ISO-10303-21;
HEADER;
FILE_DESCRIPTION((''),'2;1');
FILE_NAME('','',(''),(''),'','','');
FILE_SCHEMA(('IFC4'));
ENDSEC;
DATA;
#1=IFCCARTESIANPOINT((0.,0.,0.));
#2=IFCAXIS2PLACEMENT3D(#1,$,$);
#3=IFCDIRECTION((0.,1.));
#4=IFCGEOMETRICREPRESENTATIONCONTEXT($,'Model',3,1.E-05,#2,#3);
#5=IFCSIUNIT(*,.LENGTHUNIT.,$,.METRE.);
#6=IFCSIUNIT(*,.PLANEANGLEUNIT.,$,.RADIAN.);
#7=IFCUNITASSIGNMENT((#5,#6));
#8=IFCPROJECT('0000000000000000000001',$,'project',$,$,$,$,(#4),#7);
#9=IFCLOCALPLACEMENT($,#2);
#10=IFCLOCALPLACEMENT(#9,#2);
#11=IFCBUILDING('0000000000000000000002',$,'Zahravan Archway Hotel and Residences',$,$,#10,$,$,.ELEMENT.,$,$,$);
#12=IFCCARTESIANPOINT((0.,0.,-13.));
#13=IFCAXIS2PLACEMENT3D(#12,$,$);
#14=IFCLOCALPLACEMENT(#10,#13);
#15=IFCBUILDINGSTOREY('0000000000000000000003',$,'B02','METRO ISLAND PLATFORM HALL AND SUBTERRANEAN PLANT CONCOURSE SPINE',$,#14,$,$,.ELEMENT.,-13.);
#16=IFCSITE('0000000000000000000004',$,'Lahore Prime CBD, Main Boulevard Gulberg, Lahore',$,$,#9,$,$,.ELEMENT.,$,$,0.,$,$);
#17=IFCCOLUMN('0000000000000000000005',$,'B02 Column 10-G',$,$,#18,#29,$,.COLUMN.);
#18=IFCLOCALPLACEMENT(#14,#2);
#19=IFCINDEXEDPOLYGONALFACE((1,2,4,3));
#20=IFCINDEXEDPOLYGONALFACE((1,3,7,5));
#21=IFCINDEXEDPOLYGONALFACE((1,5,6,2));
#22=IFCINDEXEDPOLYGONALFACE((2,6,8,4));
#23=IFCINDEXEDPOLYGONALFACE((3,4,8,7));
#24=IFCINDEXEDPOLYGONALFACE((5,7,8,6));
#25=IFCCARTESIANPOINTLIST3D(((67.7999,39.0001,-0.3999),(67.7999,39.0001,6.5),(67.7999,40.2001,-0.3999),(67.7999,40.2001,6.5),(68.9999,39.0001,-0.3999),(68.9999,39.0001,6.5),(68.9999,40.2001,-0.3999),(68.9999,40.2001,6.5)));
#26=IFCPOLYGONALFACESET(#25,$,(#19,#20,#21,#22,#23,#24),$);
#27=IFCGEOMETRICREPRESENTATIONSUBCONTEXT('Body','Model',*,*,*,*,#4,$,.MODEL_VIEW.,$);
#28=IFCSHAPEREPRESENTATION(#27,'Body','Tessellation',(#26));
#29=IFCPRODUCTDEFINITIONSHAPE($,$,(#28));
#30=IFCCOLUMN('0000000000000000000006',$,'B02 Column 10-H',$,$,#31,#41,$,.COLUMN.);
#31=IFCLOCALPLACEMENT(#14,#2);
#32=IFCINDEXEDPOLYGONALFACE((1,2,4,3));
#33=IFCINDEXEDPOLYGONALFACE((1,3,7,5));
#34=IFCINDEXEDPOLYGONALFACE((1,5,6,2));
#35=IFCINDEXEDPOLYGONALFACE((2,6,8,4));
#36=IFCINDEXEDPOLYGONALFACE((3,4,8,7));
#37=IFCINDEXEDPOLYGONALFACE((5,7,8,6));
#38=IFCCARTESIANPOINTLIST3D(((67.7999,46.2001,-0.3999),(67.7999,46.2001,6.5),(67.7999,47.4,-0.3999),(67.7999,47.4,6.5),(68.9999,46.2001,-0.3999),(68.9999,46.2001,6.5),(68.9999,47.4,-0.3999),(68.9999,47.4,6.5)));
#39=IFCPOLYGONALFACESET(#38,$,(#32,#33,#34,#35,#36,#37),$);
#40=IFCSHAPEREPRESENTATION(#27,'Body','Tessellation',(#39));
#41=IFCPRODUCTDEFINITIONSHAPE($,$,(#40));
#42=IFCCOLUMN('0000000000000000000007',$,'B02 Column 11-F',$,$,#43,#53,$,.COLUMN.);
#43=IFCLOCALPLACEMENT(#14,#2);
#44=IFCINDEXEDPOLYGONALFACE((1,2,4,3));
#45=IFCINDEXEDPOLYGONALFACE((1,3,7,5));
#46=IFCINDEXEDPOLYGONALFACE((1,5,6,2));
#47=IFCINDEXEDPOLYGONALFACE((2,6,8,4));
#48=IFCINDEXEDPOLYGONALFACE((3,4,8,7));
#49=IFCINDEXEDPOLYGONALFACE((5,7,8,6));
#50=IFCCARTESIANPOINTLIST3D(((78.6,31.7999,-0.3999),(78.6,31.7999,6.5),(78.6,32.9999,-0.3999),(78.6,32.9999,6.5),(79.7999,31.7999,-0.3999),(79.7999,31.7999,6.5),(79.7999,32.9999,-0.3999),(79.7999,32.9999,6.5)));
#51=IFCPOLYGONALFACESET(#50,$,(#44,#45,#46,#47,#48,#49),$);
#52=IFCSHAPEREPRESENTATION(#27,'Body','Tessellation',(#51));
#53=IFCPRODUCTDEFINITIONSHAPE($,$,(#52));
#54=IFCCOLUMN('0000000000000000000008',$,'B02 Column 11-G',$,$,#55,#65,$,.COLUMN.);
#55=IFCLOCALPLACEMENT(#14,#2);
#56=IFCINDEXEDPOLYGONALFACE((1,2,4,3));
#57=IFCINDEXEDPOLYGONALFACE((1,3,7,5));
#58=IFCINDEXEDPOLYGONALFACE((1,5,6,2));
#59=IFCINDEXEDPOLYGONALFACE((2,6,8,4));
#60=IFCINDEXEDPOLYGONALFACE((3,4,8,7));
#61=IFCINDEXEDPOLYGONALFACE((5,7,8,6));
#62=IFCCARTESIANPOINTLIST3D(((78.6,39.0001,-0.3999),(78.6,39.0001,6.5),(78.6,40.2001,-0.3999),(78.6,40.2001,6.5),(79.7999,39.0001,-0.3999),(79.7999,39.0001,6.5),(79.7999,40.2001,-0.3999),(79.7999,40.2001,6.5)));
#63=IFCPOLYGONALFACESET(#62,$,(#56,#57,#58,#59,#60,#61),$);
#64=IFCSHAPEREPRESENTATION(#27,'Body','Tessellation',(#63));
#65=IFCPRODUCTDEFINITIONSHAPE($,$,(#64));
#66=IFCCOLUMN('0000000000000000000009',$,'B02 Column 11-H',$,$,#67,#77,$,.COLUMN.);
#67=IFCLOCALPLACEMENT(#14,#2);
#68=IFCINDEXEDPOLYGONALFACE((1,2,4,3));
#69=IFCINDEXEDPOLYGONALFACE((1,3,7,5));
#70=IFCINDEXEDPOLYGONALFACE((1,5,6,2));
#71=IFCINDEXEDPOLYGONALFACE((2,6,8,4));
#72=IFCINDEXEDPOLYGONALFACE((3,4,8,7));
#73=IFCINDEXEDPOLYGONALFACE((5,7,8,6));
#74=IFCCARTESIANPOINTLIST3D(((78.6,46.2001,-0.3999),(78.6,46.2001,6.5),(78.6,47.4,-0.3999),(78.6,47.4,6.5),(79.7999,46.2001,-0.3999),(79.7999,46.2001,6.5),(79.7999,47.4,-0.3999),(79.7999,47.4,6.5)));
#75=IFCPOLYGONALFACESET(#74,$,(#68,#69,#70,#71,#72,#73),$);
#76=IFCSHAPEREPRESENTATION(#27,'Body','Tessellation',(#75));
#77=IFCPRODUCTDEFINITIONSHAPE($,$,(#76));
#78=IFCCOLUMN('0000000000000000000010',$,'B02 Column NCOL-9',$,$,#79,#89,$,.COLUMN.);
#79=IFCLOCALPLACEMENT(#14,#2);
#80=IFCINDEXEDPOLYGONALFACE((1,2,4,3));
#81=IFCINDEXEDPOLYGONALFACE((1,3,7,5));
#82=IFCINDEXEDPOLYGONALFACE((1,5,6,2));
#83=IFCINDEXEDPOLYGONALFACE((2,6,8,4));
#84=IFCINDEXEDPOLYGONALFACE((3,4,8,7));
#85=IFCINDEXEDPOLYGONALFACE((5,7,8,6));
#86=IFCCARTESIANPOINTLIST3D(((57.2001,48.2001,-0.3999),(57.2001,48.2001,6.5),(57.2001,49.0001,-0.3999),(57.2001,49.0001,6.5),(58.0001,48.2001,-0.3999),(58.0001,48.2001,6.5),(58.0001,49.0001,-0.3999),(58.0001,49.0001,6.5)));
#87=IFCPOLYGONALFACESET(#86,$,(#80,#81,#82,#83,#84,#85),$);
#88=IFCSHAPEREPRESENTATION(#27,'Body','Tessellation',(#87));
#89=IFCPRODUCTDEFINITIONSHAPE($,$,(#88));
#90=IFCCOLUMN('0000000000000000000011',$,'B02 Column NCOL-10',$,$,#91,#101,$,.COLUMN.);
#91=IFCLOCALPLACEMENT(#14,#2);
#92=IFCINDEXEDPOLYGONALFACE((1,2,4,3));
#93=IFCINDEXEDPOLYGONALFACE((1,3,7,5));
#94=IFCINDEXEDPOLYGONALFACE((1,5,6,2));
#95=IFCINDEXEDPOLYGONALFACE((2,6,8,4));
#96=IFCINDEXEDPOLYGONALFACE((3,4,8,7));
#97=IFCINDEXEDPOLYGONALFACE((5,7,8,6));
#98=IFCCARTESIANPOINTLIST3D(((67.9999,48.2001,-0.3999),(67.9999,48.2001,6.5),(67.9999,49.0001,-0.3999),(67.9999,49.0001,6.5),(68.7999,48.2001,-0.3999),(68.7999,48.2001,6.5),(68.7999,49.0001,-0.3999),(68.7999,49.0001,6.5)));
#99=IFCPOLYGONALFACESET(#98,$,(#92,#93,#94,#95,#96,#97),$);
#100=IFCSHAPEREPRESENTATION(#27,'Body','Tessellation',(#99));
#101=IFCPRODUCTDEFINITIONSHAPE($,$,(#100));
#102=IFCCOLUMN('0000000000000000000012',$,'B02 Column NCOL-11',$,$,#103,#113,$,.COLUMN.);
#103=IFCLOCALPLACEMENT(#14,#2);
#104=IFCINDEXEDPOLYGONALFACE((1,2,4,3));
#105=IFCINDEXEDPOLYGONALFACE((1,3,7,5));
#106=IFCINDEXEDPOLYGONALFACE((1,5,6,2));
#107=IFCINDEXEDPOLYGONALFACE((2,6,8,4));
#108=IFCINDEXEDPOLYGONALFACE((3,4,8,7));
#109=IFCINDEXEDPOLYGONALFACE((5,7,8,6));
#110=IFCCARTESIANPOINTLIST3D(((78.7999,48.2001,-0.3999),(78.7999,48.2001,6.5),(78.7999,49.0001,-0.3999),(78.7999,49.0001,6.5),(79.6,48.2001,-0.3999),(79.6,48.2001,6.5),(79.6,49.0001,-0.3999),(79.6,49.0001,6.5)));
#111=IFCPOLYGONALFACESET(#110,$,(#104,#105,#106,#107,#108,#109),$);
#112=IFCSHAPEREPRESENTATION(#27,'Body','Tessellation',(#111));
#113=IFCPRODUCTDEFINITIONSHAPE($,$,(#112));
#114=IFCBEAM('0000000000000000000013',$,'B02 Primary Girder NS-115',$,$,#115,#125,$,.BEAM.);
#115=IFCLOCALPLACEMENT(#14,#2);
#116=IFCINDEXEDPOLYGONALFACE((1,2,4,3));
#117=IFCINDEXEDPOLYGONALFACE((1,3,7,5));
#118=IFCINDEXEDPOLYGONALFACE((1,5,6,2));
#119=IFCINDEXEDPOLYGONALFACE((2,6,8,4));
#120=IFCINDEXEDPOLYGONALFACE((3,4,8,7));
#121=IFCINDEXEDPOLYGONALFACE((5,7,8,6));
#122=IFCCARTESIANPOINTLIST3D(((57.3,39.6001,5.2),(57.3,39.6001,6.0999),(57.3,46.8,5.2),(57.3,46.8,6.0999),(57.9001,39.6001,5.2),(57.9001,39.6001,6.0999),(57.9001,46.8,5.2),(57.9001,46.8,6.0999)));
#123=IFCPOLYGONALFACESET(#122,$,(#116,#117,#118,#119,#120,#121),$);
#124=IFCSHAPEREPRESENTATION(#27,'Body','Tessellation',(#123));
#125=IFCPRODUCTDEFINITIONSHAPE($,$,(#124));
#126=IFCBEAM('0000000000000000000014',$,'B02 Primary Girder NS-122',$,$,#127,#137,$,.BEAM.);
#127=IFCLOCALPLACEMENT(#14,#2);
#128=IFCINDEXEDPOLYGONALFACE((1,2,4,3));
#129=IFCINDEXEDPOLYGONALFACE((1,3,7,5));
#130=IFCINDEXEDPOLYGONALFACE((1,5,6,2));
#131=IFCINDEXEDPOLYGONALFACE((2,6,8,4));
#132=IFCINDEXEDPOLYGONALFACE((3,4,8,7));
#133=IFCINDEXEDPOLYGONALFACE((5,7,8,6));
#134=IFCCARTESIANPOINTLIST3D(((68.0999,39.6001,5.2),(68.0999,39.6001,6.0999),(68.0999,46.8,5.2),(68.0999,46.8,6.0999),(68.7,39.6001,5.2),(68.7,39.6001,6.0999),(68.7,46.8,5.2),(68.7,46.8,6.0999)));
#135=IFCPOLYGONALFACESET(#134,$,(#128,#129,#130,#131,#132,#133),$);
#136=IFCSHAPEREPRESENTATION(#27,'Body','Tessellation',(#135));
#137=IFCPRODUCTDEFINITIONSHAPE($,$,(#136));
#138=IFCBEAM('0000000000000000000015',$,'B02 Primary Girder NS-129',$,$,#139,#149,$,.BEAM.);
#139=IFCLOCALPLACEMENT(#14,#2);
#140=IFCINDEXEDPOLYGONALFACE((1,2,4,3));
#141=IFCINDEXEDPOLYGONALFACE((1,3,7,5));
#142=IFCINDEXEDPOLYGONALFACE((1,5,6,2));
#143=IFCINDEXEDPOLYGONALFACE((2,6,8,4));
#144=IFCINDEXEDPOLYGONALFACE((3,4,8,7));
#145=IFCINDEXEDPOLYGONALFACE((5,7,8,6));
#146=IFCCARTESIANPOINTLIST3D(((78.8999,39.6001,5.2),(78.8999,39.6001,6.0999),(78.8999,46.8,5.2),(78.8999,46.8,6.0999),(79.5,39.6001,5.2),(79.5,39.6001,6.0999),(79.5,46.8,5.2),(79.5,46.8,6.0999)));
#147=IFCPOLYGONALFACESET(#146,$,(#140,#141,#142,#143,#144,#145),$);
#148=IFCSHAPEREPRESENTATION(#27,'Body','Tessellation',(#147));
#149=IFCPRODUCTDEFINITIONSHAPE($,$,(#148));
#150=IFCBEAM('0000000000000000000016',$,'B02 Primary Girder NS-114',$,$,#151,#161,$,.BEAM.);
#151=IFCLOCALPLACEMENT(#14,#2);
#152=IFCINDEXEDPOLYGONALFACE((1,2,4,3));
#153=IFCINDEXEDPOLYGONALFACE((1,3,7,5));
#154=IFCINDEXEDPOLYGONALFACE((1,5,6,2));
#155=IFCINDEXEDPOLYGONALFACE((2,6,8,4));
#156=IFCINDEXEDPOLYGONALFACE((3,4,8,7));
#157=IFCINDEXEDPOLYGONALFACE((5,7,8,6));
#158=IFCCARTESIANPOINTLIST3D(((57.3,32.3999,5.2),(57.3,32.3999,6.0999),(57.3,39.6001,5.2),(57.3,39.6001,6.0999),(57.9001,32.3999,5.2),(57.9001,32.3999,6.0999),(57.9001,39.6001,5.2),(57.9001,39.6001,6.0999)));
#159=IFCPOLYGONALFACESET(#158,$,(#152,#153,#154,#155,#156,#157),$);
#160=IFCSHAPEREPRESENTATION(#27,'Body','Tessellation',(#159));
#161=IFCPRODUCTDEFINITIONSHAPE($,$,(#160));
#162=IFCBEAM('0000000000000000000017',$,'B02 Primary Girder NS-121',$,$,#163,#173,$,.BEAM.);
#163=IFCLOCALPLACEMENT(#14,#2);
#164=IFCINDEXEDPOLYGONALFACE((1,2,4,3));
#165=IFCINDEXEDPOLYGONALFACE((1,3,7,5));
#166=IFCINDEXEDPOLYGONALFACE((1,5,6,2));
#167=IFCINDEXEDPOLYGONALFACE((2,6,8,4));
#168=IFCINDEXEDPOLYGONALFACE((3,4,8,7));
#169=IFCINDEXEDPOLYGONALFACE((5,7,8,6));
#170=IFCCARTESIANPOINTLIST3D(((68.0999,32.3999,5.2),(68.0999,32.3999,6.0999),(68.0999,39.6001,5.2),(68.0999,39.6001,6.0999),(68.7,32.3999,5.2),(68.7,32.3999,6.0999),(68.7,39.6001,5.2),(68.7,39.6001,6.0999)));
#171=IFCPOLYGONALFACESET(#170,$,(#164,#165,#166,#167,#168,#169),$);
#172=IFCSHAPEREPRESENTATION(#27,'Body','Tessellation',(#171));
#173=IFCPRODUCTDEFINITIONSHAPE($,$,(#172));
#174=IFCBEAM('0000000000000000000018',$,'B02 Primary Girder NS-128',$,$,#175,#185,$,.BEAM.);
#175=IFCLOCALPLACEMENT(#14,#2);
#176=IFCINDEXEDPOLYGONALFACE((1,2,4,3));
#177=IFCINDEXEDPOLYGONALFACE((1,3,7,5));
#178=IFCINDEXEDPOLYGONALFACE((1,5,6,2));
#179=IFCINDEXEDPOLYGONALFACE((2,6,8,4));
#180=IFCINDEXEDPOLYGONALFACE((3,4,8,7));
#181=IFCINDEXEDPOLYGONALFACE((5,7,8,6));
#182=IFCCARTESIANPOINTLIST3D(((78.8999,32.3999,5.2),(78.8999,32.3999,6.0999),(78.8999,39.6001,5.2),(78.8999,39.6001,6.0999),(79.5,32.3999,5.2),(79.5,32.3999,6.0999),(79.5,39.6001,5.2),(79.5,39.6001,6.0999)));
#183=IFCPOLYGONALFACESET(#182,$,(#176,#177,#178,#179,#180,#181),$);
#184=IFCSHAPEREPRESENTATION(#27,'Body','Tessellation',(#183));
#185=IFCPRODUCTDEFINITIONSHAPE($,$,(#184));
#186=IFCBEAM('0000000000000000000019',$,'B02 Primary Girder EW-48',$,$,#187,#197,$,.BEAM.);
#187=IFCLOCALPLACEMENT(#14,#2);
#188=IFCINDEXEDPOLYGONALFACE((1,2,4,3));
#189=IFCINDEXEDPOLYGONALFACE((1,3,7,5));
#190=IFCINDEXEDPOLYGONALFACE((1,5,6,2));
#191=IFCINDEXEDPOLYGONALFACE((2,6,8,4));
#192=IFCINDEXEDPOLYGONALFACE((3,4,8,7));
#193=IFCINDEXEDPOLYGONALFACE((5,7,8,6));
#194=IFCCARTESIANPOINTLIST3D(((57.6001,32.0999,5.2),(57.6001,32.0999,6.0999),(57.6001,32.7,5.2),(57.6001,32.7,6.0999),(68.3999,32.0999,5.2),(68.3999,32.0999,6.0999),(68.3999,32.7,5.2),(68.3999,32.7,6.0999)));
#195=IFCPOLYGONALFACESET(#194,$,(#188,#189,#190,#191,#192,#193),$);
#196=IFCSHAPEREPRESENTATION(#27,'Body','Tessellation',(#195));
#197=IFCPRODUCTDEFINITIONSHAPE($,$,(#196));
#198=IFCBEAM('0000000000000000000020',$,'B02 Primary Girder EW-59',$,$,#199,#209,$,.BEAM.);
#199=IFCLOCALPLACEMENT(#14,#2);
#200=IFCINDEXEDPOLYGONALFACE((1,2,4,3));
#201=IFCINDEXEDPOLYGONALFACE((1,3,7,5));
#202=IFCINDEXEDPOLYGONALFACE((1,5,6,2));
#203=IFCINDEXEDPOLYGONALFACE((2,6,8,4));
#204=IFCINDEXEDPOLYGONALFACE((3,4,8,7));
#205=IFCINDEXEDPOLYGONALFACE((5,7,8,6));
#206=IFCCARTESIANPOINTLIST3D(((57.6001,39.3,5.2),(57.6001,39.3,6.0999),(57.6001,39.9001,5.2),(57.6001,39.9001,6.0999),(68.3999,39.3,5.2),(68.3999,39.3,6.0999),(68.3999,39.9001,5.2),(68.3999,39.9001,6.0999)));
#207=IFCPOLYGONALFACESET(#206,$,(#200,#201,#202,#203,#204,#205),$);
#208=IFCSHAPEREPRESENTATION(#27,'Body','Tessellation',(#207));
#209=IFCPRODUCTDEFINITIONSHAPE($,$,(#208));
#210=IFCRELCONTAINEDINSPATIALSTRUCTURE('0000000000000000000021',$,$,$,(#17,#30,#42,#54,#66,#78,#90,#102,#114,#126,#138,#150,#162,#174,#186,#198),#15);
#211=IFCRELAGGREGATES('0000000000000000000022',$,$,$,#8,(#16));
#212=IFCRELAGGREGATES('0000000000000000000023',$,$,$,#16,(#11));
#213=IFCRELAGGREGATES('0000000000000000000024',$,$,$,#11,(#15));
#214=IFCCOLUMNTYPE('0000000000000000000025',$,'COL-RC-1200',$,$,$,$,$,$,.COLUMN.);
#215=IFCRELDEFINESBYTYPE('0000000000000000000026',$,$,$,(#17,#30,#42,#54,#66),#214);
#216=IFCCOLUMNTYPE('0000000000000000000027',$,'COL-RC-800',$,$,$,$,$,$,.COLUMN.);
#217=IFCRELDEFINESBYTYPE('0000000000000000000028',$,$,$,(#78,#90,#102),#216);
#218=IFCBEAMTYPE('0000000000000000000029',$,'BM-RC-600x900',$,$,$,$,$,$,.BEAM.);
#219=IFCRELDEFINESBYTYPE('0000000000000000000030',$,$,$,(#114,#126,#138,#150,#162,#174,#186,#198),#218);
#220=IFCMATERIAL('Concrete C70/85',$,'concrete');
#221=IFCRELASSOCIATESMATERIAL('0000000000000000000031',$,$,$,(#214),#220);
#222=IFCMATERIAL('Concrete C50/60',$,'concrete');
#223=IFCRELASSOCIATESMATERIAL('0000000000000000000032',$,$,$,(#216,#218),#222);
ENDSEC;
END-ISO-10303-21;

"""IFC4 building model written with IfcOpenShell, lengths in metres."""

from ifc_helpers import new_model, si_unit, direction, frame, origin, origin_2d, place, context, subcontext, project, spatial, rectangle, extrude, source, transform, mapped, material, material_profile, profile_set, type_object, type_shapes, element, save


model = new_model("IFC4")

# Units and contexts
model_context = context("Model", 3, precision=1e-05, world=origin(), true_north=direction((0.0, 1.0)))
body_context = subcontext(model_context, "Body", "Model", "MODEL_VIEW")
ifc_project = project(units=[si_unit("LENGTHUNIT", "METRE"), si_unit("PLANEANGLEUNIT", "RADIAN")], contexts=[model_context])

# Site, building, storey
site_placement = place(None, origin())
site = spatial("IfcSite", under=ifc_project, at=site_placement, Name="Lahore Prime CBD, Main Boulevard Gulberg, Lahore", CompositionType="ELEMENT", RefElevation=0.0)
building_placement = place(site_placement, origin())
building = spatial("IfcBuilding", under=site, at=building_placement, Name="Zahravan Archway Hotel and Residences", CompositionType="ELEMENT")
storey_placement = place(building_placement, frame((0.0, 0.0, -13.0)))
storey = spatial("IfcBuildingStorey", under=building, at=storey_placement, Name="B02", Description="METRO ISLAND PLATFORM HALL AND SUBTERRANEAN PLANT CONCOURSE SPINE", CompositionType="ELEMENT", Elevation=-13.0)

# Shared definitions
ifc_material_1 = material(Name="Concrete C50/60", Category="concrete")

# Columns
ifc_material_2 = material(Name="Concrete C70/85", Category="concrete")
ifc_material_profile_1 = material_profile(ifc_material_2, rectangle(XDim=1.2, YDim=1.2, at=origin_2d()), Name="RC-COL-1200x1200", Category="concrete")
ifc_profile_set_1 = profile_set([ifc_material_profile_1], Name="Concrete C70/85")
column_type_1 = type_object("IfcColumnType", Name="COL-RC-1200", PredefinedType="COLUMN", material=ifc_profile_set_1)
shared_shape_1 = source(origin(), body_context, "Body", "SweptSolid", [
    extrude(rectangle(XDim=1.2, YDim=1.2, at=origin_2d()), origin(), (0.0, 0.0, 1.0), 6.8999),
])
type_shapes(column_type_1, [shared_shape_1])
for number, where, z_axis, x_axis, name in (
    (1, (68.3999, 39.6001, -0.3999), (0.0, 0.0, 1.0), (1.0, 0.0, 0.0), "B02 Column 10-G"),
    (2, (68.3999, 46.8, -0.3999), (0.0, 0.0, 1.0), (1.0, 0.0, 0.0), "B02 Column 10-H"),
    (3, (79.2, 32.3999, -0.3999), (0.0, 0.0, 1.0), (1.0, 0.0, 0.0), "B02 Column 11-F"),
    (4, (79.2, 39.6001, -0.3999), (0.0, 0.0, 1.0), (1.0, 0.0, 0.0), "B02 Column 11-G"),
    (5, (79.2, 46.8, -0.3999), (0.0, 0.0, 1.0), (1.0, 0.0, 0.0), "B02 Column 11-H"),
):
    element("IfcColumn", number, at=place(storey_placement, frame(where, z_axis=z_axis, x_axis=x_axis)), inside=storey, type_object=column_type_1, Name=name, PredefinedType="COLUMN", context=body_context, shape_type="MappedRepresentation", body=[
        mapped(shared_shape_1, transform((0.0, 0.0, 0.0), scale=1.0)),
    ])
ifc_material_profile_2 = material_profile(ifc_material_1, rectangle(XDim=0.8, YDim=0.8, at=origin_2d()), Name="RC-COL-800x800", Category="concrete")
ifc_profile_set_2 = profile_set([ifc_material_profile_2], Name="Concrete C50/60")
column_type_2 = type_object("IfcColumnType", Name="COL-RC-800", PredefinedType="COLUMN", material=ifc_profile_set_2)
shared_shape_2 = source(origin(), body_context, "Body", "SweptSolid", [
    extrude(rectangle(XDim=0.8, YDim=0.8, at=origin_2d()), origin(), (0.0, 0.0, 1.0), 6.8999),
])
type_shapes(column_type_2, [shared_shape_2])
for number, where, z_axis, x_axis, name in (
    (6, (57.6001, 48.6001, -0.3999), (0.0, 0.0, 1.0), (1.0, 0.0, 0.0), "B02 Column NCOL-9"),
    (7, (68.3999, 48.6001, -0.3999), (0.0, 0.0, 1.0), (1.0, 0.0, 0.0), "B02 Column NCOL-10"),
    (8, (79.2, 48.6001, -0.3999), (0.0, 0.0, 1.0), (1.0, 0.0, 0.0), "B02 Column NCOL-11"),
):
    element("IfcColumn", number, at=place(storey_placement, frame(where, z_axis=z_axis, x_axis=x_axis)), inside=storey, type_object=column_type_2, Name=name, PredefinedType="COLUMN", context=body_context, shape_type="MappedRepresentation", body=[
        mapped(shared_shape_2, transform((0.0, 0.0, 0.0), scale=1.0)),
    ])

# Beams
ifc_material_profile_3 = material_profile(ifc_material_1, rectangle(XDim=0.6001, YDim=0.8999, at=origin_2d()), Name="RC-BM-600x900", Category="concrete")
ifc_profile_set_3 = profile_set([ifc_material_profile_3], Name="Concrete C50/60")
beam_type_1 = type_object("IfcBeamType", Name="BM-RC-600x900", PredefinedType="BEAM", material=ifc_profile_set_3)
shared_shape_3 = source(origin(), body_context, "Body", "SweptSolid", [
    extrude(rectangle(XDim=0.6001, YDim=0.8999, at=origin_2d()), origin(), (0.0, 0.0, 1.0), 7.2),
])
for number, where, z_axis, x_axis, name in (
    (9, (57.6001, 39.6001, 5.6499), (0.0, 1.0, 0.0), (-1.0, 0.0, 0.0), "B02 Primary Girder NS-115"),
    (10, (68.3999, 39.6001, 5.6499), (0.0, 1.0, 0.0), (-1.0, 0.0, 0.0), "B02 Primary Girder NS-122"),
    (11, (79.2, 39.6001, 5.6499), (0.0, 1.0, 0.0), (-1.0, 0.0, 0.0), "B02 Primary Girder NS-129"),
):
    element("IfcBeam", number, at=place(storey_placement, frame(where, z_axis=z_axis, x_axis=x_axis)), inside=storey, type_object=beam_type_1, Name=name, PredefinedType="BEAM", context=body_context, shape_type="MappedRepresentation", body=[
        mapped(shared_shape_3, transform((0.0, 0.0, 0.0), scale=1.0)),
    ])
shared_shape_4 = source(origin(), body_context, "Body", "SweptSolid", [
    extrude(rectangle(XDim=0.6001, YDim=0.8999, at=origin_2d()), origin(), (0.0, 0.0, 1.0), 7.2002),
])
for number, where, z_axis, x_axis, name in (
    (12, (57.6001, 32.3999, 5.6499), (0.0, 1.0, 0.0), (-1.0, 0.0, 0.0), "B02 Primary Girder NS-114"),
    (13, (68.3999, 32.3999, 5.6499), (0.0, 1.0, 0.0), (-1.0, 0.0, 0.0), "B02 Primary Girder NS-121"),
    (14, (79.2, 32.3999, 5.6499), (0.0, 1.0, 0.0), (-1.0, 0.0, 0.0), "B02 Primary Girder NS-128"),
):
    element("IfcBeam", number, at=place(storey_placement, frame(where, z_axis=z_axis, x_axis=x_axis)), inside=storey, type_object=beam_type_1, Name=name, PredefinedType="BEAM", context=body_context, shape_type="MappedRepresentation", body=[
        mapped(shared_shape_4, transform((0.0, 0.0, 0.0), scale=1.0)),
    ])
shared_shape_5 = source(origin(), body_context, "Body", "SweptSolid", [
    extrude(rectangle(XDim=0.6001, YDim=0.8999, at=origin_2d()), origin(), (0.0, 0.0, 1.0), 10.7998),
])
for number, where, z_axis, x_axis, name in (
    (15, (57.6001, 32.3999, 5.6499), (1.0, 0.0, 0.0), (0.0, 1.0, 0.0), "B02 Primary Girder EW-48"),
    (16, (57.6001, 39.6001, 5.6499), (1.0, 0.0, 0.0), (0.0, 1.0, 0.0), "B02 Primary Girder EW-59"),
):
    element("IfcBeam", number, at=place(storey_placement, frame(where, z_axis=z_axis, x_axis=x_axis)), inside=storey, type_object=beam_type_1, Name=name, PredefinedType="BEAM", context=body_context, shape_type="MappedRepresentation", body=[
        mapped(shared_shape_5, transform((0.0, 0.0, 0.0), scale=1.0)),
    ])

save(model, "model.ifc")
